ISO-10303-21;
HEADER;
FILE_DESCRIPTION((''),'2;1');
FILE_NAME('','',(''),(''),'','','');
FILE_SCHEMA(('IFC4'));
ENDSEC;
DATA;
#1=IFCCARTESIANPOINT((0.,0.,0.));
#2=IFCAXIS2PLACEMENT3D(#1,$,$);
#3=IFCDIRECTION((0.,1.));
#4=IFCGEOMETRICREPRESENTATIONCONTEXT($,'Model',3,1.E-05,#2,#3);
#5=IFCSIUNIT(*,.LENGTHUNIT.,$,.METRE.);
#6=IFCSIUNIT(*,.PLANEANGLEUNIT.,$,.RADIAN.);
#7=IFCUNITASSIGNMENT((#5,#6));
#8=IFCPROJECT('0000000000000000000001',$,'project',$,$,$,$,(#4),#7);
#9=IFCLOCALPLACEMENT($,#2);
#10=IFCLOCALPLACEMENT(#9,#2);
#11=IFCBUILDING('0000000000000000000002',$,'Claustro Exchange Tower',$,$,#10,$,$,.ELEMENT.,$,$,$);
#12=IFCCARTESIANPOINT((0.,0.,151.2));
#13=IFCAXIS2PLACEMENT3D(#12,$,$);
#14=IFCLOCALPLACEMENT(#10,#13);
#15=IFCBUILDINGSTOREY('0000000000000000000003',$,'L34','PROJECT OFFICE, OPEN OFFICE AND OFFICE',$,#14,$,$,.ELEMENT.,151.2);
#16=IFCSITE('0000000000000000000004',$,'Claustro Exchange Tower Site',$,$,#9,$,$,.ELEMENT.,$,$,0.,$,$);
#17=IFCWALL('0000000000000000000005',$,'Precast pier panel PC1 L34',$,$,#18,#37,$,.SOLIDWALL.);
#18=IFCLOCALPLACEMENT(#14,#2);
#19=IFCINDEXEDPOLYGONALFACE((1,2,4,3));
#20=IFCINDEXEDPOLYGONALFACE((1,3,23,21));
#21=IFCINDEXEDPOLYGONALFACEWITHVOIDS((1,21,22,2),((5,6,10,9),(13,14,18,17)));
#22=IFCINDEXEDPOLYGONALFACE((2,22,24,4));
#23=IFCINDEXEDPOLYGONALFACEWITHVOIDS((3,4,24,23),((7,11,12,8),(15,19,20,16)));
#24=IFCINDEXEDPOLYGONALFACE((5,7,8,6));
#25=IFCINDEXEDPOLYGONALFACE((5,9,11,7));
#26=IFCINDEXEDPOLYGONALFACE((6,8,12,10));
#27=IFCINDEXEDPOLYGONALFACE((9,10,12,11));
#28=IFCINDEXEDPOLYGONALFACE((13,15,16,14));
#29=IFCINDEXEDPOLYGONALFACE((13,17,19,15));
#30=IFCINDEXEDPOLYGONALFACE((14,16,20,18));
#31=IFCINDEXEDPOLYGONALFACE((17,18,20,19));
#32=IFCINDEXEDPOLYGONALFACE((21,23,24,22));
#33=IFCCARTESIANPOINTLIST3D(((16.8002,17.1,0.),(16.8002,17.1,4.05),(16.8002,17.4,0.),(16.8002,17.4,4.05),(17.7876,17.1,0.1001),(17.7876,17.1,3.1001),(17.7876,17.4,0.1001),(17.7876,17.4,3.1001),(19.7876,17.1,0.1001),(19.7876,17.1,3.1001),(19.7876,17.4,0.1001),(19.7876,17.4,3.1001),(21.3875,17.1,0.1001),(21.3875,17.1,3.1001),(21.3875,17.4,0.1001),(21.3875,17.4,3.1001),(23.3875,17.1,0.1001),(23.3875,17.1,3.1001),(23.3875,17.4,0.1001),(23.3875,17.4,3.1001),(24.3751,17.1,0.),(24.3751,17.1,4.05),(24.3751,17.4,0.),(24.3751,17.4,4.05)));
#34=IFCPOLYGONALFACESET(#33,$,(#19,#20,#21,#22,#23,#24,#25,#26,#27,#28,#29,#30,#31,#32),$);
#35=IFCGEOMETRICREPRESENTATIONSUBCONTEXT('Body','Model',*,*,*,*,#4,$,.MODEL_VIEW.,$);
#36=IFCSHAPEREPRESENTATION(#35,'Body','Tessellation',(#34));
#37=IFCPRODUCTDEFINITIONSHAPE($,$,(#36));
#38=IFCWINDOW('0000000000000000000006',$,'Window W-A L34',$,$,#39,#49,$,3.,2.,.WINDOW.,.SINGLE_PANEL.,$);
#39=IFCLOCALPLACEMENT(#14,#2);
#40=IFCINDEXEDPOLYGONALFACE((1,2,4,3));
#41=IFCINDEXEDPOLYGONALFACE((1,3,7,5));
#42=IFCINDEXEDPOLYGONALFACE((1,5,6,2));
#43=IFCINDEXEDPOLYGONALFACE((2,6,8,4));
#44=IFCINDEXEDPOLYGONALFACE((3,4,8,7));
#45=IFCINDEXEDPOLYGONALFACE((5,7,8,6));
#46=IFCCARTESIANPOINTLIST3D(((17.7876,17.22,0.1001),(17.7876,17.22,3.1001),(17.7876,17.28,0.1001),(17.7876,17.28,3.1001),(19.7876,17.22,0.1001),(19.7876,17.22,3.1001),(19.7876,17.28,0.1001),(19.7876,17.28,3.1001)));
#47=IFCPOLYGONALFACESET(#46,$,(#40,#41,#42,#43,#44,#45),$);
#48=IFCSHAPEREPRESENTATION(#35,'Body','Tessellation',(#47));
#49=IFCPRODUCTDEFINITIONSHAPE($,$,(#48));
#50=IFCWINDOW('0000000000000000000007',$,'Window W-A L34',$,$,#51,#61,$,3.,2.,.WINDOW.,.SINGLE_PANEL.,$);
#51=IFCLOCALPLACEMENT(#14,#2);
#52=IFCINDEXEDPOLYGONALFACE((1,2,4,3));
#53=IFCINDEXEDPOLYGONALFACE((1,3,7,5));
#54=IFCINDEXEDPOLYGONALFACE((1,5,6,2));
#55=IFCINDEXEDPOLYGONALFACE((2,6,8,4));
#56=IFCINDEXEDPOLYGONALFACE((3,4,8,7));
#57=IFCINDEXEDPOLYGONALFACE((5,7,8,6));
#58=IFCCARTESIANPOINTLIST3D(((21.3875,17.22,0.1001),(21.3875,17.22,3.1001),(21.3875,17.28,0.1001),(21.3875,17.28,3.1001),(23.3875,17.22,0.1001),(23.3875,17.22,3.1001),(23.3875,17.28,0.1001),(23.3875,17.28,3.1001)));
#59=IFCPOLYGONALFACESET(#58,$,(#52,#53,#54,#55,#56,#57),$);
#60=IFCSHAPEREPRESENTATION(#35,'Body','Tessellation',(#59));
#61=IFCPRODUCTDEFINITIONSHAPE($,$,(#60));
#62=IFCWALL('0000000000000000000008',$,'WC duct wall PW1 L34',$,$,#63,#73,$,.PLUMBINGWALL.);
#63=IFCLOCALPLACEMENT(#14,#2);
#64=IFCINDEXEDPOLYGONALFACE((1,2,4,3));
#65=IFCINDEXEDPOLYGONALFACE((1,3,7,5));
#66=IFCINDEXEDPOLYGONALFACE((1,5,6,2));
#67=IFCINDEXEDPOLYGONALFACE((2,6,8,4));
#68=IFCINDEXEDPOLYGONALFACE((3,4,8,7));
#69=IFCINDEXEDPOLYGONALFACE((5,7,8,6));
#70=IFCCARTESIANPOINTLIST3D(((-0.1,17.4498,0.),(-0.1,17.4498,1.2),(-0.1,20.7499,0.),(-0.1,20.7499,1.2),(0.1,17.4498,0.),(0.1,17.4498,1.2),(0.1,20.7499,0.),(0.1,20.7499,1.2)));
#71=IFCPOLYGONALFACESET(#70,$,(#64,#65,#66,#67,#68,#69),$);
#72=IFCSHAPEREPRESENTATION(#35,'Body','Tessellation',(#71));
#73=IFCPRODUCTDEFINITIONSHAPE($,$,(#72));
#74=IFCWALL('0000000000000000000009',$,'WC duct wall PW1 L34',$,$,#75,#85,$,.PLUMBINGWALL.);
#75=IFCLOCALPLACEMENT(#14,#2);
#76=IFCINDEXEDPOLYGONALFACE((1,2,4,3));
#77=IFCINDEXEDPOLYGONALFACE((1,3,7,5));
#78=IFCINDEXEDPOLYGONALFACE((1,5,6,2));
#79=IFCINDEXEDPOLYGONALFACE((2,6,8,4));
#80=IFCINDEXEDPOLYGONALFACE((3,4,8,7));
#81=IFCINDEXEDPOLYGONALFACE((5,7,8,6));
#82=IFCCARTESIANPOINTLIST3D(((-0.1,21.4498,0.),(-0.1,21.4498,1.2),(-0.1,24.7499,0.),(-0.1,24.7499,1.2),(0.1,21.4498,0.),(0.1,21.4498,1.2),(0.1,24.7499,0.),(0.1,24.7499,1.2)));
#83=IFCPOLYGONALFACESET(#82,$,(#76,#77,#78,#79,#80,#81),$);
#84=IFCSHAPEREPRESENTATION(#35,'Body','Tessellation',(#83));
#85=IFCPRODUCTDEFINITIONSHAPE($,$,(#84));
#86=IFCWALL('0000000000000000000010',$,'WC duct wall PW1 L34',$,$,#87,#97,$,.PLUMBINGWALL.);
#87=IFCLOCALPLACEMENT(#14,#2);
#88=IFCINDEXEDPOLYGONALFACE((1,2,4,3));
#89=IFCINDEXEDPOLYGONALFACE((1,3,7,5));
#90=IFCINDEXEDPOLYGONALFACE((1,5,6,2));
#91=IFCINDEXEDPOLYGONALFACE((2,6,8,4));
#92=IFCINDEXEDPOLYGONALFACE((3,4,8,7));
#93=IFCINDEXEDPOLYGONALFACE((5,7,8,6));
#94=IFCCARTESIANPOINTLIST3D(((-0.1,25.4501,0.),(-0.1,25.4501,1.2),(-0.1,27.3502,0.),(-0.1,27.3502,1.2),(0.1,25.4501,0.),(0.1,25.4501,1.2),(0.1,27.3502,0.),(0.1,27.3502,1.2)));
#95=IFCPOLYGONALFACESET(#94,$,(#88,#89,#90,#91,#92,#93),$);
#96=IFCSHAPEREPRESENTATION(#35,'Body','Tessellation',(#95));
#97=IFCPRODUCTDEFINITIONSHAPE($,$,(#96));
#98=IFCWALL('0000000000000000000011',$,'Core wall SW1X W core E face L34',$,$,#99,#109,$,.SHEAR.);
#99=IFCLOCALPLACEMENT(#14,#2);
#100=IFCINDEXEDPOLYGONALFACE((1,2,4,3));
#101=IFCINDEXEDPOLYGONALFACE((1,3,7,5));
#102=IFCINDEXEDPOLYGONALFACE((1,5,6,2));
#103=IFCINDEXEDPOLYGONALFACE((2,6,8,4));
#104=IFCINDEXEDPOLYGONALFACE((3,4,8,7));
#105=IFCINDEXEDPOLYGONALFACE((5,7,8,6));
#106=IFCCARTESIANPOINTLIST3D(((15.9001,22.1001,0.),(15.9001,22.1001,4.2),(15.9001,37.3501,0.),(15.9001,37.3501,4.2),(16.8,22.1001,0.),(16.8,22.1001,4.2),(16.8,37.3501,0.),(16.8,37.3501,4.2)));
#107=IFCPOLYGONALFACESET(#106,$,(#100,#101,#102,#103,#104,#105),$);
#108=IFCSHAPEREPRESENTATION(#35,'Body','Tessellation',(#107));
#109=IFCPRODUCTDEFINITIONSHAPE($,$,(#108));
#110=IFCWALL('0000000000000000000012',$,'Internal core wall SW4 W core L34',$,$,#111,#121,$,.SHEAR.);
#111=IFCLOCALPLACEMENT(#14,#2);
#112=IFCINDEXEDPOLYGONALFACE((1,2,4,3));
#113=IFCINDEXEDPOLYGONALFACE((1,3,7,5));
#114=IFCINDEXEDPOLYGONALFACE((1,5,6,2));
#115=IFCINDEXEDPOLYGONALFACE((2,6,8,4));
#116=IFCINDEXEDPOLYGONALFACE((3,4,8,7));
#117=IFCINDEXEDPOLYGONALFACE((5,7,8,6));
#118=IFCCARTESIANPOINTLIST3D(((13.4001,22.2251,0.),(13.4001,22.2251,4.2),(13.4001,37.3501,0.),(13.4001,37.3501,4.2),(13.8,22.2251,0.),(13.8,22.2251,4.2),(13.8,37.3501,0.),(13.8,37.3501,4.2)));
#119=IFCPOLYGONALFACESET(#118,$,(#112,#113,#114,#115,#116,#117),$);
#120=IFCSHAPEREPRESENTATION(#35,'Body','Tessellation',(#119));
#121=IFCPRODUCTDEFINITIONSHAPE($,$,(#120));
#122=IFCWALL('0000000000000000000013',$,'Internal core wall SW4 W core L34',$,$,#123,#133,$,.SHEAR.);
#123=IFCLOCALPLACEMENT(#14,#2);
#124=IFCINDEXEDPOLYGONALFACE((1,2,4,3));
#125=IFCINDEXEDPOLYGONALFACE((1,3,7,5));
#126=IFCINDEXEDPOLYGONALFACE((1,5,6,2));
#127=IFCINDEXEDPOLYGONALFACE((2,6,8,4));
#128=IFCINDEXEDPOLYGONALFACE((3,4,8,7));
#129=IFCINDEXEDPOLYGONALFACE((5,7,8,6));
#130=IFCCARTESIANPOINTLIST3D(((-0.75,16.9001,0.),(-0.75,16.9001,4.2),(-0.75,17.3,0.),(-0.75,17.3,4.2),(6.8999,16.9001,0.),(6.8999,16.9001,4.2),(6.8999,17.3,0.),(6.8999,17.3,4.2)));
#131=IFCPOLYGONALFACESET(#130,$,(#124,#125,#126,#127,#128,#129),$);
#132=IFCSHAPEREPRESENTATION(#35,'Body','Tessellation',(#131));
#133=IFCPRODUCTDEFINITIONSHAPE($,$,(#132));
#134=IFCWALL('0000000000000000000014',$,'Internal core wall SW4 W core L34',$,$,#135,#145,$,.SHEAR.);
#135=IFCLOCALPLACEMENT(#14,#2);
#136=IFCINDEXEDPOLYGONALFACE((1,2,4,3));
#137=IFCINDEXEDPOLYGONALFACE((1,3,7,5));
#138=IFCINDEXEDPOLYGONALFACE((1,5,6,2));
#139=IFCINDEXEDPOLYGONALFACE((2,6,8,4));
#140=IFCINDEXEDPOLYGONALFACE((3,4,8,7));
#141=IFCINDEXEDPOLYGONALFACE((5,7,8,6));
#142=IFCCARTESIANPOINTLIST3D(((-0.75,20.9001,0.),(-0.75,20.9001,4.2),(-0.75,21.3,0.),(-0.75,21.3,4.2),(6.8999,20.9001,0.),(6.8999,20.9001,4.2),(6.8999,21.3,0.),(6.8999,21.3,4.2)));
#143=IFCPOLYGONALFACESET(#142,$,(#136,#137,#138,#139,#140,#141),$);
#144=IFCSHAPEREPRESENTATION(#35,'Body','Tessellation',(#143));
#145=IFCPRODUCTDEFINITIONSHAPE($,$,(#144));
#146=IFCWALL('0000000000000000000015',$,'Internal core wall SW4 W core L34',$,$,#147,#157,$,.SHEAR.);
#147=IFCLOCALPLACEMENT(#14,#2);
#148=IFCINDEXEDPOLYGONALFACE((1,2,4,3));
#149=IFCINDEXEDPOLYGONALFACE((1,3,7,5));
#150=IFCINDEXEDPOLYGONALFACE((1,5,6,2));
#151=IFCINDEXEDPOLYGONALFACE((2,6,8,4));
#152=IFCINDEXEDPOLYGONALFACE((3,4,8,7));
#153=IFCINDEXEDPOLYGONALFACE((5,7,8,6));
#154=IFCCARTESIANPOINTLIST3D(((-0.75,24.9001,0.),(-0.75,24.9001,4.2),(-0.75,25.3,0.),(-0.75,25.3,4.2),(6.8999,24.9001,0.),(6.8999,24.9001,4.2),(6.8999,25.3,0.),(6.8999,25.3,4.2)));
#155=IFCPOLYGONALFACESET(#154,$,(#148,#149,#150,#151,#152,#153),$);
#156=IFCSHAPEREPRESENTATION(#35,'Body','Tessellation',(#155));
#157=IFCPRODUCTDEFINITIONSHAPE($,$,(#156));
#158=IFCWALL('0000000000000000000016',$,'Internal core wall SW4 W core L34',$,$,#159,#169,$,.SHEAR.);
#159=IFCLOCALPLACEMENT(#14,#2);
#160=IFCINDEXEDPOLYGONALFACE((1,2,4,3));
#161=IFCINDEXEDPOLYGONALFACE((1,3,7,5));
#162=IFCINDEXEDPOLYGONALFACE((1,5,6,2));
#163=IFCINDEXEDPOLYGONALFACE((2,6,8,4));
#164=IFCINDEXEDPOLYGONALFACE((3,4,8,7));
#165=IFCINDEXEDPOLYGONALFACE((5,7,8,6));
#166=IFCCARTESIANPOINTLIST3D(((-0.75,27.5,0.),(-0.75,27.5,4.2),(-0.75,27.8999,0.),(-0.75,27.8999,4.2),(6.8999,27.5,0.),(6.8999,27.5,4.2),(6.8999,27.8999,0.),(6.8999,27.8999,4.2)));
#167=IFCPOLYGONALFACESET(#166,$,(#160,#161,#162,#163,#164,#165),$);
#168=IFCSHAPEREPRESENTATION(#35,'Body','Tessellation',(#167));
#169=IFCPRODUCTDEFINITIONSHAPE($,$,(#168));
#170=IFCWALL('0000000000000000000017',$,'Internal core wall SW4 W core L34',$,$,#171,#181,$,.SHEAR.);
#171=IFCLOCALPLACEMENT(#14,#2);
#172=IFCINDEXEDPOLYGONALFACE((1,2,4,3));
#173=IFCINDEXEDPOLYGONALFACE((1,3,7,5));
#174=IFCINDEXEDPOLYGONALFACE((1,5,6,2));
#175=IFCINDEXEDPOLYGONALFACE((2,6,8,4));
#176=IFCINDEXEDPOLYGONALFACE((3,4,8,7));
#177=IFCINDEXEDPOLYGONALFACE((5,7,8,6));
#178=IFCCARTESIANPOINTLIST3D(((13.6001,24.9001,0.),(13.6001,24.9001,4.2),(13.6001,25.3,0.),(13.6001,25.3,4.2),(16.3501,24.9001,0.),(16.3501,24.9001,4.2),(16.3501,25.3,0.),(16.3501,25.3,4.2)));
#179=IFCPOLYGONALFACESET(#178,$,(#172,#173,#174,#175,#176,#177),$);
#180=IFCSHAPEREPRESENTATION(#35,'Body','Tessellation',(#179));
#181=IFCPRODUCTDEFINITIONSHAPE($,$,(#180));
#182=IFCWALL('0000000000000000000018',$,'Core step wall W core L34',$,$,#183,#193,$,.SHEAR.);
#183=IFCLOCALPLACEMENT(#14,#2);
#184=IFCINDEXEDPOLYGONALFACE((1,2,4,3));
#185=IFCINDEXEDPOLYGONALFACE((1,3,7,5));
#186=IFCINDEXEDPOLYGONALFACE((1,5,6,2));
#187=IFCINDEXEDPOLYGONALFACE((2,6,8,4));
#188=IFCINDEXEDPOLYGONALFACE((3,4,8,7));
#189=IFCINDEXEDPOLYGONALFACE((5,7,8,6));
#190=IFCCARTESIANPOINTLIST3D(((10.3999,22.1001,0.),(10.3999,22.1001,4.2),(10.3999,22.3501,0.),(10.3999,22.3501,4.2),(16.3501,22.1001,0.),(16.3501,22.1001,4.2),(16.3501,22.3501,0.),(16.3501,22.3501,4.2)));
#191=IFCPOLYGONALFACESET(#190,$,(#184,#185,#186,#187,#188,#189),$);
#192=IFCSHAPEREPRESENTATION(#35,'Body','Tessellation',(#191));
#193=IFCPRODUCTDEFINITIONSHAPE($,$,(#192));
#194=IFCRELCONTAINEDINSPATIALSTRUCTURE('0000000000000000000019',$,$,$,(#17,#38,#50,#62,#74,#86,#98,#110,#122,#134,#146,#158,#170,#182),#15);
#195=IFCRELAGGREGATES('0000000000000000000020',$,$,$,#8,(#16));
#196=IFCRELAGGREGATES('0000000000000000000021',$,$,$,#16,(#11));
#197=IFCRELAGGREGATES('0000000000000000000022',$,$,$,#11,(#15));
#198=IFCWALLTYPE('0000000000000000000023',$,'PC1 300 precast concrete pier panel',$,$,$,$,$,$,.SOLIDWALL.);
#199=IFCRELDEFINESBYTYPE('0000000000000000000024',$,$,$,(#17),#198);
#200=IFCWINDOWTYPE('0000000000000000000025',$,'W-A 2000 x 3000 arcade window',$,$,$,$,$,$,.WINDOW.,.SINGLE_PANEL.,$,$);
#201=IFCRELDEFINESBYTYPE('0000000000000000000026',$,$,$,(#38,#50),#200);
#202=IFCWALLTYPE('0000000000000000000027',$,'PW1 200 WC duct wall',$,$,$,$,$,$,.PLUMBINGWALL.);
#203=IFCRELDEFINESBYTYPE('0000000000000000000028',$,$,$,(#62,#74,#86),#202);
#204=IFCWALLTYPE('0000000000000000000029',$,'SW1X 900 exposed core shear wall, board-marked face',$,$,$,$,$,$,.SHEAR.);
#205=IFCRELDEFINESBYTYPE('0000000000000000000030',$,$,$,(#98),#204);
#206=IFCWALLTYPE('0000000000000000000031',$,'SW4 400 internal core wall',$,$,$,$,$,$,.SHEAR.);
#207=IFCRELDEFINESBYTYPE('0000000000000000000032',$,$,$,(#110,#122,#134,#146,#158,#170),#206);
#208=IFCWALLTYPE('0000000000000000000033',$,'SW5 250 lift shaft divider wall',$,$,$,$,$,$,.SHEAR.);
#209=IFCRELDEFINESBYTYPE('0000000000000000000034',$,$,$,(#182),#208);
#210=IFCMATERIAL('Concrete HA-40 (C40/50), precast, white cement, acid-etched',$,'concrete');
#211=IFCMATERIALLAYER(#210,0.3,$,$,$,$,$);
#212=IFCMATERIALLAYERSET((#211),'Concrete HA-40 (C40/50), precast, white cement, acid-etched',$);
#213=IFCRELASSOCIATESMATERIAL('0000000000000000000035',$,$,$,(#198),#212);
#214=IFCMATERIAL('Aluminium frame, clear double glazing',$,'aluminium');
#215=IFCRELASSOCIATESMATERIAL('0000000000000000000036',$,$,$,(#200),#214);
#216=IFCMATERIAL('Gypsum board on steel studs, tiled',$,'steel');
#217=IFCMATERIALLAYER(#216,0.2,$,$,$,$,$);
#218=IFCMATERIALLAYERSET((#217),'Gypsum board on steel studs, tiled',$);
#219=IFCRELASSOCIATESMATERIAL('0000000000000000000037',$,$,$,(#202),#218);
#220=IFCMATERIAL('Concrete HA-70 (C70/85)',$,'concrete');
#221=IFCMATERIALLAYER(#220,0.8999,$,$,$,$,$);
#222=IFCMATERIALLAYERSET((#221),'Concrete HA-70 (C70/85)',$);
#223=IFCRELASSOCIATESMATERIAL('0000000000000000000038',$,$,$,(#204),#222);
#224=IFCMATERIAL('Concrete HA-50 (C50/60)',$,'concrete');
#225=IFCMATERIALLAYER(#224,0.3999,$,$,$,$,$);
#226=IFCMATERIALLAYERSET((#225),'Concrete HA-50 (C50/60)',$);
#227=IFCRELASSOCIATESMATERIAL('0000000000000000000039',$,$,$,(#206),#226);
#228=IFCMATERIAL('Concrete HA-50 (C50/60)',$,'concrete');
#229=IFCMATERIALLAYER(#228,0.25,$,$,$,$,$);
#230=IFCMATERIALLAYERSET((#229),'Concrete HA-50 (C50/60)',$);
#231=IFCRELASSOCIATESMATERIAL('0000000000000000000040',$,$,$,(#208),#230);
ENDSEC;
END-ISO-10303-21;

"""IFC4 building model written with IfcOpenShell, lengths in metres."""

from ifc_helpers import new_model, si_unit, direction, frame, frame_2d, origin, place, context, subcontext, project, spatial, rectangle, extrude, material, layer, layer_set, type_object, element, fill, save


model = new_model("IFC4")

# Units and contexts
model_context = context("Model", 3, precision=1e-05, world=origin(), true_north=direction((0.0, 1.0)))
body_context = subcontext(model_context, "Body", "Model", "MODEL_VIEW")
ifc_project = project(units=[si_unit("LENGTHUNIT", "METRE"), si_unit("PLANEANGLEUNIT", "RADIAN")], contexts=[model_context])

# Site, building, storey
site_placement = place(None, origin())
site = spatial("IfcSite", under=ifc_project, at=site_placement, Name="Claustro Exchange Tower Site", CompositionType="ELEMENT", RefElevation=0.0)
building_placement = place(site_placement, origin())
building = spatial("IfcBuilding", under=site, at=building_placement, Name="Claustro Exchange Tower", CompositionType="ELEMENT")
storey_placement = place(building_placement, frame((0.0, 0.0, 151.2)))
storey = spatial("IfcBuildingStorey", under=building, at=storey_placement, Name="L34", Description="PROJECT OFFICE, OPEN OFFICE AND OFFICE", CompositionType="ELEMENT", Elevation=151.2)

# Shared definitions
ifc_material_1 = material(Name="Concrete HA-40 (C40/50), precast, white cement, acid-etched", Category="concrete")
ifc_layer_1 = layer(ifc_material_1, 0.3)
ifc_layer_set_1 = layer_set([ifc_layer_1], Name="Concrete HA-40 (C40/50), precast, white cement, acid-etched")
wall_type_1 = type_object("IfcWallType", Name="PC1 300 precast concrete pier panel", PredefinedType="SOLIDWALL", material=ifc_layer_set_1)
ifc_material_2 = material(Name="Aluminium frame, clear double glazing", Category="aluminium")
window_type = type_object("IfcWindowType", Name="W-A 2000 x 3000 arcade window", PartitioningType="SINGLE_PANEL", PredefinedType="WINDOW", material=ifc_material_2)

# Wall, openings, windows
wall_1_placement = place(storey_placement, frame((16.8, 17.25, 0.0), z_axis=(0.0, 0.0, 1.0), x_axis=(1.0, 0.0, 0.0)))
wall_1 = element("IfcWall", 1, at=wall_1_placement, inside=storey, type_object=wall_type_1, Name="Precast pier panel PC1 L34", PredefinedType="SOLIDWALL", context=body_context, shape_type="SweptSolid", body=[
    extrude(rectangle(XDim=7.575, YDim=0.3, at=frame_2d((3.7876, 0.0))), origin(), (0.0, 0.0, 1.0), 4.05),
])
opening_1_placement = place(wall_1_placement, frame((0.9875, 0.0, 0.1001)))
opening_1 = element("IfcOpeningElement", 2, at=opening_1_placement, cuts=wall_1, PredefinedType="OPENING", context=body_context, shape_type="SweptSolid", body=[
    extrude(rectangle(XDim=2.0, YDim=3.0, at=frame_2d((1.0, 1.5))), frame((0.0, 0.1599, 0.0), z_axis=(0.0, -1.0, 0.0), x_axis=(1.0, 0.0, 0.0)), (0.0, 0.0, 1.0), 0.3201),
])
opening_2_placement = place(wall_1_placement, frame((4.5874, 0.0, 0.1001)))
opening_2 = element("IfcOpeningElement", 3, at=opening_2_placement, cuts=wall_1, PredefinedType="OPENING", context=body_context, shape_type="SweptSolid", body=[
    extrude(rectangle(XDim=2.0, YDim=3.0, at=frame_2d((1.0, 1.5))), frame((0.0, 0.1599, 0.0), z_axis=(0.0, -1.0, 0.0), x_axis=(1.0, 0.0, 0.0)), (0.0, 0.0, 1.0), 0.3201),
])
window_1_placement = place(opening_1_placement, origin())
window_1 = element("IfcWindow", 4, at=window_1_placement, inside=storey, type_object=window_type, Name="Window W-A L34", OverallHeight=3.0, OverallWidth=2.0, PartitioningType="SINGLE_PANEL", PredefinedType="WINDOW", context=body_context, shape_type="SweptSolid", body=[
    extrude(rectangle(XDim=2.0, YDim=3.0, at=frame_2d((1.0, 1.5))), frame((0.0, 0.03, 0.0), z_axis=(0.0, -1.0, 0.0), x_axis=(1.0, 0.0, 0.0)), (0.0, 0.0, 1.0), 0.0601),
])
fill(opening_1, window_1)
window_2_placement = place(opening_2_placement, origin())
window_2 = element("IfcWindow", 5, at=window_2_placement, inside=storey, type_object=window_type, Name="Window W-A L34", OverallHeight=3.0, OverallWidth=2.0, PartitioningType="SINGLE_PANEL", PredefinedType="WINDOW", context=body_context, shape_type="SweptSolid", body=[
    extrude(rectangle(XDim=2.0, YDim=3.0, at=frame_2d((1.0, 1.5))), frame((0.0, 0.03, 0.0), z_axis=(0.0, -1.0, 0.0), x_axis=(1.0, 0.0, 0.0)), (0.0, 0.0, 1.0), 0.0601),
])
fill(opening_2, window_2)

# Walls
ifc_material_3 = material(Name="Gypsum board on steel studs, tiled", Category="steel")
ifc_layer_2 = layer(ifc_material_3, 0.2)
ifc_layer_set_2 = layer_set([ifc_layer_2], Name="Gypsum board on steel studs, tiled")
wall_type_2 = type_object("IfcWallType", Name="PW1 200 WC duct wall", PredefinedType="PLUMBINGWALL", material=ifc_layer_set_2)
for number, where, z_axis, x_axis, name in (
    (6, (0.0, 17.45, 0.0), (0.0, 0.0, 1.0), (0.0, 1.0, 0.0), "WC duct wall PW1 L34"),
    (7, (0.0, 21.45, 0.0), (0.0, 0.0, 1.0), (0.0, 1.0, 0.0), "WC duct wall PW1 L34"),
):
    element("IfcWall", number, at=place(storey_placement, frame(where, z_axis=z_axis, x_axis=x_axis)), inside=storey, type_object=wall_type_2, Name=name, PredefinedType="PLUMBINGWALL", context=body_context, shape_type="SweptSolid", body=[
        extrude(rectangle(XDim=3.3, YDim=0.2, at=frame_2d((1.6499, 0.0))), origin(), (0.0, 0.0, 1.0), 1.2),
    ])
wall_2_placement = place(storey_placement, frame((0.0, 25.45, 0.0), z_axis=(0.0, 0.0, 1.0), x_axis=(0.0, 1.0, 0.0)))
element("IfcWall", 8, at=wall_2_placement, inside=storey, type_object=wall_type_2, Name="WC duct wall PW1 L34", PredefinedType="PLUMBINGWALL", context=body_context, shape_type="SweptSolid", body=[
    extrude(rectangle(XDim=1.9001, YDim=0.2, at=frame_2d((0.9502, 0.0))), origin(), (0.0, 0.0, 1.0), 1.2),
])
ifc_material_4 = material(Name="Concrete HA-70 (C70/85)", Category="concrete")
ifc_layer_3 = layer(ifc_material_4, 0.8999)
ifc_layer_set_3 = layer_set([ifc_layer_3], Name="Concrete HA-70 (C70/85)")
wall_type_3 = type_object("IfcWallType", Name="SW1X 900 exposed core shear wall, board-marked face", PredefinedType="SHEAR", material=ifc_layer_set_3)
wall_3_placement = place(storey_placement, frame((16.3501, 22.1001, 0.0), z_axis=(0.0, 0.0, 1.0), x_axis=(0.0, 1.0, 0.0)))
element("IfcWall", 9, at=wall_3_placement, inside=storey, type_object=wall_type_3, Name="Core wall SW1X W core E face L34", PredefinedType="SHEAR", context=body_context, shape_type="SweptSolid", body=[
    extrude(rectangle(XDim=15.25, YDim=0.8999, at=frame_2d((7.625, 0.0))), origin(), (0.0, 0.0, 1.0), 4.2),
])
ifc_material_5 = material(Name="Concrete HA-50 (C50/60)", Category="concrete")
ifc_layer_4 = layer(ifc_material_5, 0.3999)
ifc_layer_set_4 = layer_set([ifc_layer_4], Name="Concrete HA-50 (C50/60)")
wall_type_4 = type_object("IfcWallType", Name="SW4 400 internal core wall", PredefinedType="SHEAR", material=ifc_layer_set_4)
wall_4_placement = place(storey_placement, frame((13.6001, 22.2251, 0.0), z_axis=(0.0, 0.0, 1.0), x_axis=(0.0, 1.0, 0.0)))
element("IfcWall", 10, at=wall_4_placement, inside=storey, type_object=wall_type_4, Name="Internal core wall SW4 W core L34", PredefinedType="SHEAR", context=body_context, shape_type="SweptSolid", body=[
    extrude(rectangle(XDim=15.125, YDim=0.3999, at=frame_2d((7.5625, 0.0))), origin(), (0.0, 0.0, 1.0), 4.2),
])
for number, where, z_axis, x_axis, name in (
    (11, (-0.75, 17.1001, 0.0), (0.0, 0.0, 1.0), (1.0, 0.0, 0.0), "Internal core wall SW4 W core L34"),
    (12, (-0.75, 21.1001, 0.0), (0.0, 0.0, 1.0), (1.0, 0.0, 0.0), "Internal core wall SW4 W core L34"),
    (13, (-0.75, 25.1001, 0.0), (0.0, 0.0, 1.0), (1.0, 0.0, 0.0), "Internal core wall SW4 W core L34"),
    (14, (-0.75, 27.7, 0.0), (0.0, 0.0, 1.0), (1.0, 0.0, 0.0), "Internal core wall SW4 W core L34"),
):
    element("IfcWall", number, at=place(storey_placement, frame(where, z_axis=z_axis, x_axis=x_axis)), inside=storey, type_object=wall_type_4, Name=name, PredefinedType="SHEAR", context=body_context, shape_type="SweptSolid", body=[
        extrude(rectangle(XDim=7.6499, YDim=0.3999, at=frame_2d((3.825, 0.0))), origin(), (0.0, 0.0, 1.0), 4.2),
    ])
wall_5_placement = place(storey_placement, frame((13.6001, 25.1001, 0.0), z_axis=(0.0, 0.0, 1.0), x_axis=(1.0, 0.0, 0.0)))
element("IfcWall", 15, at=wall_5_placement, inside=storey, type_object=wall_type_4, Name="Internal core wall SW4 W core L34", PredefinedType="SHEAR", context=body_context, shape_type="SweptSolid", body=[
    extrude(rectangle(XDim=2.75, YDim=0.3999, at=frame_2d((1.375, 0.0))), origin(), (0.0, 0.0, 1.0), 4.2),
])
ifc_material_6 = material(Name="Concrete HA-50 (C50/60)", Category="concrete")
ifc_layer_5 = layer(ifc_material_6, 0.25)
ifc_layer_set_5 = layer_set([ifc_layer_5], Name="Concrete HA-50 (C50/60)")
wall_type_5 = type_object("IfcWallType", Name="SW5 250 lift shaft divider wall", PredefinedType="SHEAR", material=ifc_layer_set_5)
wall_6_placement = place(storey_placement, frame((10.3999, 22.2251, 0.0), z_axis=(0.0, 0.0, 1.0), x_axis=(1.0, 0.0, 0.0)))
element("IfcWall", 16, at=wall_6_placement, inside=storey, type_object=wall_type_5, Name="Core step wall W core L34", PredefinedType="SHEAR", context=body_context, shape_type="SweptSolid", body=[
    extrude(rectangle(XDim=5.9502, YDim=0.25, at=frame_2d((2.9751, 0.0))), origin(), (0.0, 0.0, 1.0), 4.2),
])

save(model, "model.ifc")
